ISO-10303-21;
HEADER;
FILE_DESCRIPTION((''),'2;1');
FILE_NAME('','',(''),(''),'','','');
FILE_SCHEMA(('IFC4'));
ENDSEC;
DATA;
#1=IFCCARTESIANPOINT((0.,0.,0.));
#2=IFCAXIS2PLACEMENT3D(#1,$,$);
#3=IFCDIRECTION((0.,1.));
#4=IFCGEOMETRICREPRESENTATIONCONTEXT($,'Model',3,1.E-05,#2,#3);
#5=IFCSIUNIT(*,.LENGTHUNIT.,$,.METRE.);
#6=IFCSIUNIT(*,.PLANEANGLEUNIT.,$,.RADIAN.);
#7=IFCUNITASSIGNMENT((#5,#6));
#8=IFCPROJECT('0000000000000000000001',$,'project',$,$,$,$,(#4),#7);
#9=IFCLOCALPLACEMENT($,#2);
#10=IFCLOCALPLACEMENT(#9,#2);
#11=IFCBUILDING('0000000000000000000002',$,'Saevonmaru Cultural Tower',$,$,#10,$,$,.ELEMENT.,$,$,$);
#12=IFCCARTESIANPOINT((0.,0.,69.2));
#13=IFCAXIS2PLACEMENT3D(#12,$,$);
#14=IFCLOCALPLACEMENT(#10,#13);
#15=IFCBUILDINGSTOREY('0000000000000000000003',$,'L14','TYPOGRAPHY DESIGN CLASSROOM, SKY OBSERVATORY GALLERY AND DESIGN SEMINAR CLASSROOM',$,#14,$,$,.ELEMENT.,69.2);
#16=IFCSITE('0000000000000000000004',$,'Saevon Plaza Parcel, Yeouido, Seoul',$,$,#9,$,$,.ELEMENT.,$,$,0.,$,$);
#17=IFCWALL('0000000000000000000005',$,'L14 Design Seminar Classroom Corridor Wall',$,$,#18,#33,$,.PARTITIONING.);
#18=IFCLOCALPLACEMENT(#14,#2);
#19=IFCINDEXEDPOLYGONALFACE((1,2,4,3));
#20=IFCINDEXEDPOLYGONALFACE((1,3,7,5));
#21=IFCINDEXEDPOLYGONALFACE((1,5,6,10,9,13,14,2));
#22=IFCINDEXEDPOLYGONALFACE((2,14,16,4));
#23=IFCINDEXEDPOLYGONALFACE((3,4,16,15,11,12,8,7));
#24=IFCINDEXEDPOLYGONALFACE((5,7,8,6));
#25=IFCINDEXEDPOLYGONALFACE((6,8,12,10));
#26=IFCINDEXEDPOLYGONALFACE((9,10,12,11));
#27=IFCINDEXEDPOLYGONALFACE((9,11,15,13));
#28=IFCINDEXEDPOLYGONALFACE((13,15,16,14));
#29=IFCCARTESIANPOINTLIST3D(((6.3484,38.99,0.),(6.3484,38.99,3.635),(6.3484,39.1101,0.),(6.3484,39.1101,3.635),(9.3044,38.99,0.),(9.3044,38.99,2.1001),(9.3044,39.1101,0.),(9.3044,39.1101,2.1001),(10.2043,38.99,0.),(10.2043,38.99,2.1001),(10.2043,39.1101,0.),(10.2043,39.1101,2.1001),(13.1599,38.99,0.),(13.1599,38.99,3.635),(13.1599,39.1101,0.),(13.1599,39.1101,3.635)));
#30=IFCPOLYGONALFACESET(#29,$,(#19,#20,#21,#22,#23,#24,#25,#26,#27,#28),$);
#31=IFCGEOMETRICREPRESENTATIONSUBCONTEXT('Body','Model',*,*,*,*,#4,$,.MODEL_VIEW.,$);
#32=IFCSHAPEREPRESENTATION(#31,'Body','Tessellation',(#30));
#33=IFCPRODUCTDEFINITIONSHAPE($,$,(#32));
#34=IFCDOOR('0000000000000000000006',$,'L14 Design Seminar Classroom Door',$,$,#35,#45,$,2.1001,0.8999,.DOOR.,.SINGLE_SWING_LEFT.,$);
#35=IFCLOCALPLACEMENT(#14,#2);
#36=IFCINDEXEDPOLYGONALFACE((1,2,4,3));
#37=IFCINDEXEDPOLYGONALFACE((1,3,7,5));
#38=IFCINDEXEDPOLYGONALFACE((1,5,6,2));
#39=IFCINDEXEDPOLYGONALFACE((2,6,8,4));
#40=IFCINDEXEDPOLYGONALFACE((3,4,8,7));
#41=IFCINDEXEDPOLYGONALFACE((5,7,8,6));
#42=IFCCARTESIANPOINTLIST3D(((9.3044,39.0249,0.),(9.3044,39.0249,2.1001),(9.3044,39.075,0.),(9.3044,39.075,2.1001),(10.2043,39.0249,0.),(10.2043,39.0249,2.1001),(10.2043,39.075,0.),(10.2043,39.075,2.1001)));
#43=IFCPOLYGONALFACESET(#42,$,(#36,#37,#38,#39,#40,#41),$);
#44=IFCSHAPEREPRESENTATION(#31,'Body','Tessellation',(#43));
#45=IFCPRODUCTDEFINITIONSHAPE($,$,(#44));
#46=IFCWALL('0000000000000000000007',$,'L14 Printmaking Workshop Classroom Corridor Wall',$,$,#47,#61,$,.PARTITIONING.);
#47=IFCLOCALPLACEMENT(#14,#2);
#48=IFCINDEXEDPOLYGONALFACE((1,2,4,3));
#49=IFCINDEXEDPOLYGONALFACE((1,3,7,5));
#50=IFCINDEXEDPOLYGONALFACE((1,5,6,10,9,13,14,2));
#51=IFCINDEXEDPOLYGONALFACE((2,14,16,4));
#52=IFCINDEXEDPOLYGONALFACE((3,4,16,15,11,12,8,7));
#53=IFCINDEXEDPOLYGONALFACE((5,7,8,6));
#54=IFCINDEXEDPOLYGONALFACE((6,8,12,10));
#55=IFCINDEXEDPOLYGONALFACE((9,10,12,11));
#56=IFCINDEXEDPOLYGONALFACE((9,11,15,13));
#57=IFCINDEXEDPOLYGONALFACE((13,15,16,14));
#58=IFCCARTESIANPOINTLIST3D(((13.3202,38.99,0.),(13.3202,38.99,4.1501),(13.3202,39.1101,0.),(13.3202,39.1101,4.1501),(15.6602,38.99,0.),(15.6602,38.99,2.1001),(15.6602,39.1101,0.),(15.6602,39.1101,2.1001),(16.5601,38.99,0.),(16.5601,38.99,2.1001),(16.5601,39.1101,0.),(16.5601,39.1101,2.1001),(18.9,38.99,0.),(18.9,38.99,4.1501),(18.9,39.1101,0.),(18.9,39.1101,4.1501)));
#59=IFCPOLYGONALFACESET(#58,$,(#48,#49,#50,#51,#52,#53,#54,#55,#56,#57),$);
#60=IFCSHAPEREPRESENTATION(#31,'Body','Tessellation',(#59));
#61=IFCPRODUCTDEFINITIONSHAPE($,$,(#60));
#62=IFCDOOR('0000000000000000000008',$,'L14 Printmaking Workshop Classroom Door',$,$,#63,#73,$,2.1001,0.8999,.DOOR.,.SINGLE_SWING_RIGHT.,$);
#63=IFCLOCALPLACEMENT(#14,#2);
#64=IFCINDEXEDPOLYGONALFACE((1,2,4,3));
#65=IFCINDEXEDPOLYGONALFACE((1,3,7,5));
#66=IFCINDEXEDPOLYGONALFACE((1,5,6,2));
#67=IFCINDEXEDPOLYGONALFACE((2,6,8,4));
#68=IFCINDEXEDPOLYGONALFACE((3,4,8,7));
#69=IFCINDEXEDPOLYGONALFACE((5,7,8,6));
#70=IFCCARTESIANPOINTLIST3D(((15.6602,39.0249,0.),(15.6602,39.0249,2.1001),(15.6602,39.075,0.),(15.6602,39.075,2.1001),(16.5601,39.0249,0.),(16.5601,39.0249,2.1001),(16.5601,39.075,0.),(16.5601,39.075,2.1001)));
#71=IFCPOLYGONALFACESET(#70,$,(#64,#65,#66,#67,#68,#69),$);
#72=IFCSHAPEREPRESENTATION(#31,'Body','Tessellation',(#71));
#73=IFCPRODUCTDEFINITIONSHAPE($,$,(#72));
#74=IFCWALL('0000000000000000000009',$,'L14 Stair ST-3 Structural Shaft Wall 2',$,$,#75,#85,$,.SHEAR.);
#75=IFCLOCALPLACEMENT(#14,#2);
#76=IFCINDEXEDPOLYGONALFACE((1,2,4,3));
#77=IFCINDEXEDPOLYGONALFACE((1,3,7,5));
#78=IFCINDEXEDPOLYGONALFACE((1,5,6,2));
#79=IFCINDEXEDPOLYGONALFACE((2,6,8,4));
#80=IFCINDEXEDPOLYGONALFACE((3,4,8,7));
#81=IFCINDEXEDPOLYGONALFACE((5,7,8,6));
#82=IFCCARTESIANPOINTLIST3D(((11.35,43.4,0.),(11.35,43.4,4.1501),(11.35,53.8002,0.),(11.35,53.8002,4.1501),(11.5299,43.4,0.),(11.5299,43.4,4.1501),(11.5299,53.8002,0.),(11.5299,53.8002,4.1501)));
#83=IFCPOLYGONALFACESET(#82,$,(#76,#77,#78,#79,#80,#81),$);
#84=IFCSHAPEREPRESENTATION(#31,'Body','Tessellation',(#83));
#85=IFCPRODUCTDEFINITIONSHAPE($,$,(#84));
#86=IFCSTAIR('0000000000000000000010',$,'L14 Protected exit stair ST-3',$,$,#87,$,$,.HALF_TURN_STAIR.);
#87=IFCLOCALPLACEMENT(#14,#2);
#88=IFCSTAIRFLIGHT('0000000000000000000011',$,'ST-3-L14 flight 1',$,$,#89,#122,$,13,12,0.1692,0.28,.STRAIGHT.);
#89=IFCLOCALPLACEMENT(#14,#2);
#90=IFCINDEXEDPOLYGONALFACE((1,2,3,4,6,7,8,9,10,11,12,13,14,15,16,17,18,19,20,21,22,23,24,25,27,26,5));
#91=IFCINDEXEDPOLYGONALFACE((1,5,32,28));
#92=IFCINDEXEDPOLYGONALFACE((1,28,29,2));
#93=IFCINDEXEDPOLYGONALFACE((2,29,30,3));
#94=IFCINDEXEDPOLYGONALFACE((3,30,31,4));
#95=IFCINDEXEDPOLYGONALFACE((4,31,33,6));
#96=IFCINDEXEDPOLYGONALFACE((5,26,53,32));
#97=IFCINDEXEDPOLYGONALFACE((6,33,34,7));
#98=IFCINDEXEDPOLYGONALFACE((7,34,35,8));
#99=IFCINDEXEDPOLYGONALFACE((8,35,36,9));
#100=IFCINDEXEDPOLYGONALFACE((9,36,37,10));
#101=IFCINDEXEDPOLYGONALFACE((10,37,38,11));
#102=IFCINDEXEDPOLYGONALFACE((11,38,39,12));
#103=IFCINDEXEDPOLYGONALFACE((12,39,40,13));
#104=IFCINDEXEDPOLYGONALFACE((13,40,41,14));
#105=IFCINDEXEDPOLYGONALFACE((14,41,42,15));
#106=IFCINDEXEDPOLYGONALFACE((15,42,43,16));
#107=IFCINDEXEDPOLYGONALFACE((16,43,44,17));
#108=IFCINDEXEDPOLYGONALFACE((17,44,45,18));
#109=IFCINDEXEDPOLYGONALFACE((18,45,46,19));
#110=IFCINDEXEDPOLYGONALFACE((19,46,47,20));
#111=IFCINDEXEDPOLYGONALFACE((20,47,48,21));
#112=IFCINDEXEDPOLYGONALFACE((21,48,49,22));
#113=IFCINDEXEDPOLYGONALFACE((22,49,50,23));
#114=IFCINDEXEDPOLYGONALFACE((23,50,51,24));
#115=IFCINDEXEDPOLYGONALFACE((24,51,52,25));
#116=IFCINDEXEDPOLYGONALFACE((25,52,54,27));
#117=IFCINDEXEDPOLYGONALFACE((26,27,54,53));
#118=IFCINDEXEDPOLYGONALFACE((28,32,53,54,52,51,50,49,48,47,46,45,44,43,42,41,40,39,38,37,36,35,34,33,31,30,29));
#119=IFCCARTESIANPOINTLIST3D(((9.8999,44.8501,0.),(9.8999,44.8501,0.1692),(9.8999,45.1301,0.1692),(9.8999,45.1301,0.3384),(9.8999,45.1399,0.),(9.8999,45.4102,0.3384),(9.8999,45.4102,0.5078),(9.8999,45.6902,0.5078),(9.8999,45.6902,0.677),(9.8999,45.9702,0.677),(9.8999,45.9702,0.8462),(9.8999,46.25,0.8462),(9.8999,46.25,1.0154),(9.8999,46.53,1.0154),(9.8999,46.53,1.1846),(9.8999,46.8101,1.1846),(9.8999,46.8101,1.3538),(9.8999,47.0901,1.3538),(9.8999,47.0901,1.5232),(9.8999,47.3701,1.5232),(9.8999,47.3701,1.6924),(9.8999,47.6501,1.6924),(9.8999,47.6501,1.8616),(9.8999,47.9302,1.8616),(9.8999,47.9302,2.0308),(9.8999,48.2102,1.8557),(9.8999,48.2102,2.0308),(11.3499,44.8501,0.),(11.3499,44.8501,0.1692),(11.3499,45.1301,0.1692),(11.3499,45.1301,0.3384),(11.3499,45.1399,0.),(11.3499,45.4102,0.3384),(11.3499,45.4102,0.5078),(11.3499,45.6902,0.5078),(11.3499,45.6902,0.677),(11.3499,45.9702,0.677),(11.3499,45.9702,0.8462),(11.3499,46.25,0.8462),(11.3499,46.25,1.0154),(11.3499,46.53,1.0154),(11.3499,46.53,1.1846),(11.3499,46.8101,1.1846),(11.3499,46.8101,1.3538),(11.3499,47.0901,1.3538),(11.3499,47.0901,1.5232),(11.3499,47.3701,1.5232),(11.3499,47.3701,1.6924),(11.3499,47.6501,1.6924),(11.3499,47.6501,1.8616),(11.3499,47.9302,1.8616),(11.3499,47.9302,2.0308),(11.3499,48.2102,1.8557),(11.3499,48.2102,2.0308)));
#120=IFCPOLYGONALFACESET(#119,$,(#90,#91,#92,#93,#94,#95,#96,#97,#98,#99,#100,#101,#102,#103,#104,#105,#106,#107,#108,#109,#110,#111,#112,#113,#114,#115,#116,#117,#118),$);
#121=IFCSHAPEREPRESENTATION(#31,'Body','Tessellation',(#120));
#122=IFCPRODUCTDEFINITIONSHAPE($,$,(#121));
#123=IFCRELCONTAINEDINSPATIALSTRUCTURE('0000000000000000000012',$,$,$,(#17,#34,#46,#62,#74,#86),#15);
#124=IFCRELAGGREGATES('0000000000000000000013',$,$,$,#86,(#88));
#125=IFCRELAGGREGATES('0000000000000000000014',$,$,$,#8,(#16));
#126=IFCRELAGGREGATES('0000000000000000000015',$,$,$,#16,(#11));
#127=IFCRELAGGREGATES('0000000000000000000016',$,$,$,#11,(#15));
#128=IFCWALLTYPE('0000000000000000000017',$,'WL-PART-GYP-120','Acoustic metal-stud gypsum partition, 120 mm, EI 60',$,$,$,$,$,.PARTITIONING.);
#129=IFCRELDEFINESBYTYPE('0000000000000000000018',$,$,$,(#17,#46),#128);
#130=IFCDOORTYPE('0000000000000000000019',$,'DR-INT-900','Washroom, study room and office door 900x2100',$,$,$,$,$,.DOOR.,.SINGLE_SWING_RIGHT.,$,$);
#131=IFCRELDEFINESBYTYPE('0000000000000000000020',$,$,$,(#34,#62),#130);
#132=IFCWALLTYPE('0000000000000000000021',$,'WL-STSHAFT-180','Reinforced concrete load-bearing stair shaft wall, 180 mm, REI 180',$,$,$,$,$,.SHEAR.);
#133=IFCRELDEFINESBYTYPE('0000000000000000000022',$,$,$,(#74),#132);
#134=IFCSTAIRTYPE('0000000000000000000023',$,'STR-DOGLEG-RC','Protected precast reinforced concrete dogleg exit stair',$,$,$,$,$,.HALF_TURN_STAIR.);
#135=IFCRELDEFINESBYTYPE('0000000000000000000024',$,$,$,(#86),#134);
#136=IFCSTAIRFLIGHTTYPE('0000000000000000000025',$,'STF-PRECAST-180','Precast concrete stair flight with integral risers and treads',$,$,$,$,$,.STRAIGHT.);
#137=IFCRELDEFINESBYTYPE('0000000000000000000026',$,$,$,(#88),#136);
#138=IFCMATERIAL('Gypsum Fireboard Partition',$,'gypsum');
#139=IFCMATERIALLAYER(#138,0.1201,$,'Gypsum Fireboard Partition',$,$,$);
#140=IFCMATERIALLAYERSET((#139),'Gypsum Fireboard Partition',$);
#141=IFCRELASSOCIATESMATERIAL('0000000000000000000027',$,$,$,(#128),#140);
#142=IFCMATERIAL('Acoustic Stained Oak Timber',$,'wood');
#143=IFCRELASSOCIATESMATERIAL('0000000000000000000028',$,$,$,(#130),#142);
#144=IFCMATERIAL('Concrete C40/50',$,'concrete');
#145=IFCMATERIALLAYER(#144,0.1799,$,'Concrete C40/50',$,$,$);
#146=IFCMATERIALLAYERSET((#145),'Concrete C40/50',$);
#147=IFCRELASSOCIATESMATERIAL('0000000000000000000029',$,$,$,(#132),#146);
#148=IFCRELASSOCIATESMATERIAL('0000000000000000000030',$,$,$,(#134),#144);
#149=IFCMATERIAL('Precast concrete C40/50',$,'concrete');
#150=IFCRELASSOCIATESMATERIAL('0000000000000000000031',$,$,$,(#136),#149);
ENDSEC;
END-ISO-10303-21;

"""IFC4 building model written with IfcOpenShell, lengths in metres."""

from ifc_helpers import new_model, si_unit, direction, frame, frame_2d, origin, place, context, subcontext, project, spatial, polyline, rectangle, outline, extrude, material, layer, layer_set, type_object, element, fill, aggregate, save


model = new_model("IFC4")

# Units and contexts
model_context = context("Model", 3, precision=1e-05, world=origin(), true_north=direction((0.0, 1.0)))
body_context = subcontext(model_context, "Body", "Model", "MODEL_VIEW")
ifc_project = project(units=[si_unit("LENGTHUNIT", "METRE"), si_unit("PLANEANGLEUNIT", "RADIAN")], contexts=[model_context])

# Site, building, storey
site_placement = place(None, origin())
site = spatial("IfcSite", under=ifc_project, at=site_placement, Name="Saevon Plaza Parcel, Yeouido, Seoul", CompositionType="ELEMENT", RefElevation=0.0)
building_placement = place(site_placement, origin())
building = spatial("IfcBuilding", under=site, at=building_placement, Name="Saevonmaru Cultural Tower", CompositionType="ELEMENT")
storey_placement = place(building_placement, frame((0.0, 0.0, 69.2)))
storey = spatial("IfcBuildingStorey", under=building, at=storey_placement, Name="L14", Description="TYPOGRAPHY DESIGN CLASSROOM, SKY OBSERVATORY GALLERY AND DESIGN SEMINAR CLASSROOM", CompositionType="ELEMENT", Elevation=69.2)

# Shared definitions
ifc_material_1 = material(Name="Gypsum Fireboard Partition", Category="gypsum")
ifc_layer_1 = layer(ifc_material_1, 0.1201, Name="Gypsum Fireboard Partition")
ifc_layer_set_1 = layer_set([ifc_layer_1], Name="Gypsum Fireboard Partition")
wall_type_1 = type_object("IfcWallType", Name="WL-PART-GYP-120", Description="Acoustic metal-stud gypsum partition, 120 mm, EI 60", PredefinedType="PARTITIONING", material=ifc_layer_set_1)

# Walls, openings, doors
wall_1_placement = place(storey_placement, frame((6.3484, 39.05, 0.0), z_axis=(0.0, 0.0, 1.0), x_axis=(1.0, 0.0, 0.0)))
wall_1 = element("IfcWall", 1, at=wall_1_placement, inside=storey, type_object=wall_type_1, Name="L14 Design Seminar Classroom Corridor Wall", PredefinedType="PARTITIONING", context=body_context, shape_type="SweptSolid", body=[
    extrude(rectangle(XDim=6.8115, YDim=0.1201, at=frame_2d((3.4058, 0.0))), origin(), (0.0, 0.0, 1.0), 3.635),
])
opening_1_placement = place(wall_1_placement, frame((2.9561, 0.0, 0.0)))
opening_1 = element("IfcOpeningElement", 2, at=opening_1_placement, cuts=wall_1, PredefinedType="OPENING", context=body_context, shape_type="SweptSolid", body=[
    extrude(rectangle(XDim=0.8999, YDim=2.1001, at=frame_2d((0.45, 1.05))), frame((0.0, 0.0701, 0.0), z_axis=(0.0, -1.0, 0.0), x_axis=(1.0, 0.0, 0.0)), (0.0, 0.0, 1.0), 0.1401),
])
ifc_material_2 = material(Name="Acoustic Stained Oak Timber", Category="wood")
door_type_1 = type_object("IfcDoorType", Name="DR-INT-900", Description="Washroom, study room and office door 900x2100", OperationType="SINGLE_SWING_RIGHT", PredefinedType="DOOR", material=ifc_material_2)
door_1_placement = place(opening_1_placement, origin())
door_1 = element("IfcDoor", 3, at=door_1_placement, inside=storey, type_object=door_type_1, Name="L14 Design Seminar Classroom Door", OperationType="SINGLE_SWING_LEFT", OverallHeight=2.1001, OverallWidth=0.8999, PredefinedType="DOOR", context=body_context, shape_type="SweptSolid", body=[
    extrude(rectangle(XDim=0.8999, YDim=2.1001, at=frame_2d((0.45, 1.05))), frame((0.0, 0.0249, 0.0), z_axis=(0.0, -1.0, 0.0), x_axis=(1.0, 0.0, 0.0)), (0.0, 0.0, 1.0), 0.05),
])
fill(opening_1, door_1)
wall_2_placement = place(storey_placement, frame((13.3201, 39.05, 0.0), z_axis=(0.0, 0.0, 1.0), x_axis=(1.0, 0.0, 0.0)))
wall_2 = element("IfcWall", 4, at=wall_2_placement, inside=storey, type_object=wall_type_1, Name="L14 Printmaking Workshop Classroom Corridor Wall", PredefinedType="PARTITIONING", context=body_context, shape_type="SweptSolid", body=[
    extrude(rectangle(XDim=5.5798, YDim=0.1201, at=frame_2d((2.79, 0.0))), origin(), (0.0, 0.0, 1.0), 4.1501),
])
opening_2_placement = place(wall_2_placement, frame((2.3401, 0.0, 0.0)))
opening_2 = element("IfcOpeningElement", 5, at=opening_2_placement, cuts=wall_2, PredefinedType="OPENING", context=body_context, shape_type="SweptSolid", body=[
    extrude(rectangle(XDim=0.8999, YDim=2.1001, at=frame_2d((0.45, 1.05))), frame((0.0, 0.0701, 0.0), z_axis=(0.0, -1.0, 0.0), x_axis=(1.0, 0.0, 0.0)), (0.0, 0.0, 1.0), 0.1401),
])
door_2_placement = place(opening_2_placement, origin())
door_2 = element("IfcDoor", 6, at=door_2_placement, inside=storey, type_object=door_type_1, Name="L14 Printmaking Workshop Classroom Door", OperationType="SINGLE_SWING_RIGHT", OverallHeight=2.1001, OverallWidth=0.8999, PredefinedType="DOOR", context=body_context, shape_type="SweptSolid", body=[
    extrude(rectangle(XDim=0.8999, YDim=2.1001, at=frame_2d((0.45, 1.05))), frame((0.0, 0.0249, 0.0), z_axis=(0.0, -1.0, 0.0), x_axis=(1.0, 0.0, 0.0)), (0.0, 0.0, 1.0), 0.05),
])
fill(opening_2, door_2)
ifc_material_3 = material(Name="Concrete C40/50", Category="concrete")
ifc_layer_2 = layer(ifc_material_3, 0.1799, Name="Concrete C40/50")
ifc_layer_set_2 = layer_set([ifc_layer_2], Name="Concrete C40/50")
wall_type_2 = type_object("IfcWallType", Name="WL-STSHAFT-180", Description="Reinforced concrete load-bearing stair shaft wall, 180 mm, REI 180", PredefinedType="SHEAR", material=ifc_layer_set_2)

# Wall
wall_3_placement = place(storey_placement, frame((11.4399, 43.3999, 0.0), z_axis=(0.0, 0.0, 1.0), x_axis=(0.0, 1.0, 0.0)))
element("IfcWall", 7, at=wall_3_placement, inside=storey, type_object=wall_type_2, Name="L14 Stair ST-3 Structural Shaft Wall 2", PredefinedType="SHEAR", context=body_context, shape_type="SweptSolid", body=[
    extrude(rectangle(XDim=10.4001, YDim=0.1799, at=frame_2d((5.2002, 0.0))), origin(), (0.0, 0.0, 1.0), 4.1501),
])

# Stair, stair flight
stair_type = type_object("IfcStairType", Name="STR-DOGLEG-RC", Description="Protected precast reinforced concrete dogleg exit stair", PredefinedType="HALF_TURN_STAIR", material=ifc_material_3)
stair_placement = place(storey_placement, origin())
stair = element("IfcStair", 8, at=stair_placement, inside=storey, type_object=stair_type, Name="L14 Protected exit stair ST-3", PredefinedType="HALF_TURN_STAIR")
ifc_material_4 = material(Name="Precast concrete C40/50", Category="concrete")
stair_flight_type = type_object("IfcStairFlightType", Name="STF-PRECAST-180", Description="Precast concrete stair flight with integral risers and treads", PredefinedType="STRAIGHT", material=ifc_material_4)
stair_flight_placement = place(storey_placement, frame((10.625, 44.8501, 0.0), z_axis=(0.0, 0.0, 1.0), x_axis=(0.0, 1.0, 0.0)))
stair_flight = element("IfcStairFlight", 9, at=stair_flight_placement, type_object=stair_flight_type, Name="ST-3-L14 flight 1", NumberOfRisers=13, NumberOfTreads=12, PredefinedType="STRAIGHT", RiserHeight=0.1692, TreadLength=0.28, context=body_context, shape_type="SweptSolid", body=[
    extrude(outline(polyline([(0.0, 0.0), (0.0, 0.1692), (0.28, 0.1692), (0.28, 0.3384), (0.5601, 0.3384), (0.5601, 0.5078), (0.8401, 0.5078), (0.8401, 0.677), (1.1201, 0.677), (1.1201, 0.8462), (1.3999, 0.8462), (1.3999, 1.0154), (1.6799, 1.0154), (1.6799, 1.1846), (1.96, 1.1846), (1.96, 1.3538), (2.24, 1.3538), (2.24, 1.5232), (2.52, 1.5232), (2.52, 1.6924), (2.8, 1.6924), (2.8, 1.8616), (3.0801, 1.8616), (3.0801, 2.0308), (3.3601, 2.0308), (3.3601, 2.2), (3.3601, 1.8557), (0.2898, 0.0), (0.0, 0.0)])), frame((0.0, 0.7251, 0.0), z_axis=(0.0, -1.0, 0.0), x_axis=(1.0, 0.0, 0.0)), (0.0, 0.0, 1.0), 1.45),
])
aggregate(stair, [stair_flight])

save(model, "model.ifc")
